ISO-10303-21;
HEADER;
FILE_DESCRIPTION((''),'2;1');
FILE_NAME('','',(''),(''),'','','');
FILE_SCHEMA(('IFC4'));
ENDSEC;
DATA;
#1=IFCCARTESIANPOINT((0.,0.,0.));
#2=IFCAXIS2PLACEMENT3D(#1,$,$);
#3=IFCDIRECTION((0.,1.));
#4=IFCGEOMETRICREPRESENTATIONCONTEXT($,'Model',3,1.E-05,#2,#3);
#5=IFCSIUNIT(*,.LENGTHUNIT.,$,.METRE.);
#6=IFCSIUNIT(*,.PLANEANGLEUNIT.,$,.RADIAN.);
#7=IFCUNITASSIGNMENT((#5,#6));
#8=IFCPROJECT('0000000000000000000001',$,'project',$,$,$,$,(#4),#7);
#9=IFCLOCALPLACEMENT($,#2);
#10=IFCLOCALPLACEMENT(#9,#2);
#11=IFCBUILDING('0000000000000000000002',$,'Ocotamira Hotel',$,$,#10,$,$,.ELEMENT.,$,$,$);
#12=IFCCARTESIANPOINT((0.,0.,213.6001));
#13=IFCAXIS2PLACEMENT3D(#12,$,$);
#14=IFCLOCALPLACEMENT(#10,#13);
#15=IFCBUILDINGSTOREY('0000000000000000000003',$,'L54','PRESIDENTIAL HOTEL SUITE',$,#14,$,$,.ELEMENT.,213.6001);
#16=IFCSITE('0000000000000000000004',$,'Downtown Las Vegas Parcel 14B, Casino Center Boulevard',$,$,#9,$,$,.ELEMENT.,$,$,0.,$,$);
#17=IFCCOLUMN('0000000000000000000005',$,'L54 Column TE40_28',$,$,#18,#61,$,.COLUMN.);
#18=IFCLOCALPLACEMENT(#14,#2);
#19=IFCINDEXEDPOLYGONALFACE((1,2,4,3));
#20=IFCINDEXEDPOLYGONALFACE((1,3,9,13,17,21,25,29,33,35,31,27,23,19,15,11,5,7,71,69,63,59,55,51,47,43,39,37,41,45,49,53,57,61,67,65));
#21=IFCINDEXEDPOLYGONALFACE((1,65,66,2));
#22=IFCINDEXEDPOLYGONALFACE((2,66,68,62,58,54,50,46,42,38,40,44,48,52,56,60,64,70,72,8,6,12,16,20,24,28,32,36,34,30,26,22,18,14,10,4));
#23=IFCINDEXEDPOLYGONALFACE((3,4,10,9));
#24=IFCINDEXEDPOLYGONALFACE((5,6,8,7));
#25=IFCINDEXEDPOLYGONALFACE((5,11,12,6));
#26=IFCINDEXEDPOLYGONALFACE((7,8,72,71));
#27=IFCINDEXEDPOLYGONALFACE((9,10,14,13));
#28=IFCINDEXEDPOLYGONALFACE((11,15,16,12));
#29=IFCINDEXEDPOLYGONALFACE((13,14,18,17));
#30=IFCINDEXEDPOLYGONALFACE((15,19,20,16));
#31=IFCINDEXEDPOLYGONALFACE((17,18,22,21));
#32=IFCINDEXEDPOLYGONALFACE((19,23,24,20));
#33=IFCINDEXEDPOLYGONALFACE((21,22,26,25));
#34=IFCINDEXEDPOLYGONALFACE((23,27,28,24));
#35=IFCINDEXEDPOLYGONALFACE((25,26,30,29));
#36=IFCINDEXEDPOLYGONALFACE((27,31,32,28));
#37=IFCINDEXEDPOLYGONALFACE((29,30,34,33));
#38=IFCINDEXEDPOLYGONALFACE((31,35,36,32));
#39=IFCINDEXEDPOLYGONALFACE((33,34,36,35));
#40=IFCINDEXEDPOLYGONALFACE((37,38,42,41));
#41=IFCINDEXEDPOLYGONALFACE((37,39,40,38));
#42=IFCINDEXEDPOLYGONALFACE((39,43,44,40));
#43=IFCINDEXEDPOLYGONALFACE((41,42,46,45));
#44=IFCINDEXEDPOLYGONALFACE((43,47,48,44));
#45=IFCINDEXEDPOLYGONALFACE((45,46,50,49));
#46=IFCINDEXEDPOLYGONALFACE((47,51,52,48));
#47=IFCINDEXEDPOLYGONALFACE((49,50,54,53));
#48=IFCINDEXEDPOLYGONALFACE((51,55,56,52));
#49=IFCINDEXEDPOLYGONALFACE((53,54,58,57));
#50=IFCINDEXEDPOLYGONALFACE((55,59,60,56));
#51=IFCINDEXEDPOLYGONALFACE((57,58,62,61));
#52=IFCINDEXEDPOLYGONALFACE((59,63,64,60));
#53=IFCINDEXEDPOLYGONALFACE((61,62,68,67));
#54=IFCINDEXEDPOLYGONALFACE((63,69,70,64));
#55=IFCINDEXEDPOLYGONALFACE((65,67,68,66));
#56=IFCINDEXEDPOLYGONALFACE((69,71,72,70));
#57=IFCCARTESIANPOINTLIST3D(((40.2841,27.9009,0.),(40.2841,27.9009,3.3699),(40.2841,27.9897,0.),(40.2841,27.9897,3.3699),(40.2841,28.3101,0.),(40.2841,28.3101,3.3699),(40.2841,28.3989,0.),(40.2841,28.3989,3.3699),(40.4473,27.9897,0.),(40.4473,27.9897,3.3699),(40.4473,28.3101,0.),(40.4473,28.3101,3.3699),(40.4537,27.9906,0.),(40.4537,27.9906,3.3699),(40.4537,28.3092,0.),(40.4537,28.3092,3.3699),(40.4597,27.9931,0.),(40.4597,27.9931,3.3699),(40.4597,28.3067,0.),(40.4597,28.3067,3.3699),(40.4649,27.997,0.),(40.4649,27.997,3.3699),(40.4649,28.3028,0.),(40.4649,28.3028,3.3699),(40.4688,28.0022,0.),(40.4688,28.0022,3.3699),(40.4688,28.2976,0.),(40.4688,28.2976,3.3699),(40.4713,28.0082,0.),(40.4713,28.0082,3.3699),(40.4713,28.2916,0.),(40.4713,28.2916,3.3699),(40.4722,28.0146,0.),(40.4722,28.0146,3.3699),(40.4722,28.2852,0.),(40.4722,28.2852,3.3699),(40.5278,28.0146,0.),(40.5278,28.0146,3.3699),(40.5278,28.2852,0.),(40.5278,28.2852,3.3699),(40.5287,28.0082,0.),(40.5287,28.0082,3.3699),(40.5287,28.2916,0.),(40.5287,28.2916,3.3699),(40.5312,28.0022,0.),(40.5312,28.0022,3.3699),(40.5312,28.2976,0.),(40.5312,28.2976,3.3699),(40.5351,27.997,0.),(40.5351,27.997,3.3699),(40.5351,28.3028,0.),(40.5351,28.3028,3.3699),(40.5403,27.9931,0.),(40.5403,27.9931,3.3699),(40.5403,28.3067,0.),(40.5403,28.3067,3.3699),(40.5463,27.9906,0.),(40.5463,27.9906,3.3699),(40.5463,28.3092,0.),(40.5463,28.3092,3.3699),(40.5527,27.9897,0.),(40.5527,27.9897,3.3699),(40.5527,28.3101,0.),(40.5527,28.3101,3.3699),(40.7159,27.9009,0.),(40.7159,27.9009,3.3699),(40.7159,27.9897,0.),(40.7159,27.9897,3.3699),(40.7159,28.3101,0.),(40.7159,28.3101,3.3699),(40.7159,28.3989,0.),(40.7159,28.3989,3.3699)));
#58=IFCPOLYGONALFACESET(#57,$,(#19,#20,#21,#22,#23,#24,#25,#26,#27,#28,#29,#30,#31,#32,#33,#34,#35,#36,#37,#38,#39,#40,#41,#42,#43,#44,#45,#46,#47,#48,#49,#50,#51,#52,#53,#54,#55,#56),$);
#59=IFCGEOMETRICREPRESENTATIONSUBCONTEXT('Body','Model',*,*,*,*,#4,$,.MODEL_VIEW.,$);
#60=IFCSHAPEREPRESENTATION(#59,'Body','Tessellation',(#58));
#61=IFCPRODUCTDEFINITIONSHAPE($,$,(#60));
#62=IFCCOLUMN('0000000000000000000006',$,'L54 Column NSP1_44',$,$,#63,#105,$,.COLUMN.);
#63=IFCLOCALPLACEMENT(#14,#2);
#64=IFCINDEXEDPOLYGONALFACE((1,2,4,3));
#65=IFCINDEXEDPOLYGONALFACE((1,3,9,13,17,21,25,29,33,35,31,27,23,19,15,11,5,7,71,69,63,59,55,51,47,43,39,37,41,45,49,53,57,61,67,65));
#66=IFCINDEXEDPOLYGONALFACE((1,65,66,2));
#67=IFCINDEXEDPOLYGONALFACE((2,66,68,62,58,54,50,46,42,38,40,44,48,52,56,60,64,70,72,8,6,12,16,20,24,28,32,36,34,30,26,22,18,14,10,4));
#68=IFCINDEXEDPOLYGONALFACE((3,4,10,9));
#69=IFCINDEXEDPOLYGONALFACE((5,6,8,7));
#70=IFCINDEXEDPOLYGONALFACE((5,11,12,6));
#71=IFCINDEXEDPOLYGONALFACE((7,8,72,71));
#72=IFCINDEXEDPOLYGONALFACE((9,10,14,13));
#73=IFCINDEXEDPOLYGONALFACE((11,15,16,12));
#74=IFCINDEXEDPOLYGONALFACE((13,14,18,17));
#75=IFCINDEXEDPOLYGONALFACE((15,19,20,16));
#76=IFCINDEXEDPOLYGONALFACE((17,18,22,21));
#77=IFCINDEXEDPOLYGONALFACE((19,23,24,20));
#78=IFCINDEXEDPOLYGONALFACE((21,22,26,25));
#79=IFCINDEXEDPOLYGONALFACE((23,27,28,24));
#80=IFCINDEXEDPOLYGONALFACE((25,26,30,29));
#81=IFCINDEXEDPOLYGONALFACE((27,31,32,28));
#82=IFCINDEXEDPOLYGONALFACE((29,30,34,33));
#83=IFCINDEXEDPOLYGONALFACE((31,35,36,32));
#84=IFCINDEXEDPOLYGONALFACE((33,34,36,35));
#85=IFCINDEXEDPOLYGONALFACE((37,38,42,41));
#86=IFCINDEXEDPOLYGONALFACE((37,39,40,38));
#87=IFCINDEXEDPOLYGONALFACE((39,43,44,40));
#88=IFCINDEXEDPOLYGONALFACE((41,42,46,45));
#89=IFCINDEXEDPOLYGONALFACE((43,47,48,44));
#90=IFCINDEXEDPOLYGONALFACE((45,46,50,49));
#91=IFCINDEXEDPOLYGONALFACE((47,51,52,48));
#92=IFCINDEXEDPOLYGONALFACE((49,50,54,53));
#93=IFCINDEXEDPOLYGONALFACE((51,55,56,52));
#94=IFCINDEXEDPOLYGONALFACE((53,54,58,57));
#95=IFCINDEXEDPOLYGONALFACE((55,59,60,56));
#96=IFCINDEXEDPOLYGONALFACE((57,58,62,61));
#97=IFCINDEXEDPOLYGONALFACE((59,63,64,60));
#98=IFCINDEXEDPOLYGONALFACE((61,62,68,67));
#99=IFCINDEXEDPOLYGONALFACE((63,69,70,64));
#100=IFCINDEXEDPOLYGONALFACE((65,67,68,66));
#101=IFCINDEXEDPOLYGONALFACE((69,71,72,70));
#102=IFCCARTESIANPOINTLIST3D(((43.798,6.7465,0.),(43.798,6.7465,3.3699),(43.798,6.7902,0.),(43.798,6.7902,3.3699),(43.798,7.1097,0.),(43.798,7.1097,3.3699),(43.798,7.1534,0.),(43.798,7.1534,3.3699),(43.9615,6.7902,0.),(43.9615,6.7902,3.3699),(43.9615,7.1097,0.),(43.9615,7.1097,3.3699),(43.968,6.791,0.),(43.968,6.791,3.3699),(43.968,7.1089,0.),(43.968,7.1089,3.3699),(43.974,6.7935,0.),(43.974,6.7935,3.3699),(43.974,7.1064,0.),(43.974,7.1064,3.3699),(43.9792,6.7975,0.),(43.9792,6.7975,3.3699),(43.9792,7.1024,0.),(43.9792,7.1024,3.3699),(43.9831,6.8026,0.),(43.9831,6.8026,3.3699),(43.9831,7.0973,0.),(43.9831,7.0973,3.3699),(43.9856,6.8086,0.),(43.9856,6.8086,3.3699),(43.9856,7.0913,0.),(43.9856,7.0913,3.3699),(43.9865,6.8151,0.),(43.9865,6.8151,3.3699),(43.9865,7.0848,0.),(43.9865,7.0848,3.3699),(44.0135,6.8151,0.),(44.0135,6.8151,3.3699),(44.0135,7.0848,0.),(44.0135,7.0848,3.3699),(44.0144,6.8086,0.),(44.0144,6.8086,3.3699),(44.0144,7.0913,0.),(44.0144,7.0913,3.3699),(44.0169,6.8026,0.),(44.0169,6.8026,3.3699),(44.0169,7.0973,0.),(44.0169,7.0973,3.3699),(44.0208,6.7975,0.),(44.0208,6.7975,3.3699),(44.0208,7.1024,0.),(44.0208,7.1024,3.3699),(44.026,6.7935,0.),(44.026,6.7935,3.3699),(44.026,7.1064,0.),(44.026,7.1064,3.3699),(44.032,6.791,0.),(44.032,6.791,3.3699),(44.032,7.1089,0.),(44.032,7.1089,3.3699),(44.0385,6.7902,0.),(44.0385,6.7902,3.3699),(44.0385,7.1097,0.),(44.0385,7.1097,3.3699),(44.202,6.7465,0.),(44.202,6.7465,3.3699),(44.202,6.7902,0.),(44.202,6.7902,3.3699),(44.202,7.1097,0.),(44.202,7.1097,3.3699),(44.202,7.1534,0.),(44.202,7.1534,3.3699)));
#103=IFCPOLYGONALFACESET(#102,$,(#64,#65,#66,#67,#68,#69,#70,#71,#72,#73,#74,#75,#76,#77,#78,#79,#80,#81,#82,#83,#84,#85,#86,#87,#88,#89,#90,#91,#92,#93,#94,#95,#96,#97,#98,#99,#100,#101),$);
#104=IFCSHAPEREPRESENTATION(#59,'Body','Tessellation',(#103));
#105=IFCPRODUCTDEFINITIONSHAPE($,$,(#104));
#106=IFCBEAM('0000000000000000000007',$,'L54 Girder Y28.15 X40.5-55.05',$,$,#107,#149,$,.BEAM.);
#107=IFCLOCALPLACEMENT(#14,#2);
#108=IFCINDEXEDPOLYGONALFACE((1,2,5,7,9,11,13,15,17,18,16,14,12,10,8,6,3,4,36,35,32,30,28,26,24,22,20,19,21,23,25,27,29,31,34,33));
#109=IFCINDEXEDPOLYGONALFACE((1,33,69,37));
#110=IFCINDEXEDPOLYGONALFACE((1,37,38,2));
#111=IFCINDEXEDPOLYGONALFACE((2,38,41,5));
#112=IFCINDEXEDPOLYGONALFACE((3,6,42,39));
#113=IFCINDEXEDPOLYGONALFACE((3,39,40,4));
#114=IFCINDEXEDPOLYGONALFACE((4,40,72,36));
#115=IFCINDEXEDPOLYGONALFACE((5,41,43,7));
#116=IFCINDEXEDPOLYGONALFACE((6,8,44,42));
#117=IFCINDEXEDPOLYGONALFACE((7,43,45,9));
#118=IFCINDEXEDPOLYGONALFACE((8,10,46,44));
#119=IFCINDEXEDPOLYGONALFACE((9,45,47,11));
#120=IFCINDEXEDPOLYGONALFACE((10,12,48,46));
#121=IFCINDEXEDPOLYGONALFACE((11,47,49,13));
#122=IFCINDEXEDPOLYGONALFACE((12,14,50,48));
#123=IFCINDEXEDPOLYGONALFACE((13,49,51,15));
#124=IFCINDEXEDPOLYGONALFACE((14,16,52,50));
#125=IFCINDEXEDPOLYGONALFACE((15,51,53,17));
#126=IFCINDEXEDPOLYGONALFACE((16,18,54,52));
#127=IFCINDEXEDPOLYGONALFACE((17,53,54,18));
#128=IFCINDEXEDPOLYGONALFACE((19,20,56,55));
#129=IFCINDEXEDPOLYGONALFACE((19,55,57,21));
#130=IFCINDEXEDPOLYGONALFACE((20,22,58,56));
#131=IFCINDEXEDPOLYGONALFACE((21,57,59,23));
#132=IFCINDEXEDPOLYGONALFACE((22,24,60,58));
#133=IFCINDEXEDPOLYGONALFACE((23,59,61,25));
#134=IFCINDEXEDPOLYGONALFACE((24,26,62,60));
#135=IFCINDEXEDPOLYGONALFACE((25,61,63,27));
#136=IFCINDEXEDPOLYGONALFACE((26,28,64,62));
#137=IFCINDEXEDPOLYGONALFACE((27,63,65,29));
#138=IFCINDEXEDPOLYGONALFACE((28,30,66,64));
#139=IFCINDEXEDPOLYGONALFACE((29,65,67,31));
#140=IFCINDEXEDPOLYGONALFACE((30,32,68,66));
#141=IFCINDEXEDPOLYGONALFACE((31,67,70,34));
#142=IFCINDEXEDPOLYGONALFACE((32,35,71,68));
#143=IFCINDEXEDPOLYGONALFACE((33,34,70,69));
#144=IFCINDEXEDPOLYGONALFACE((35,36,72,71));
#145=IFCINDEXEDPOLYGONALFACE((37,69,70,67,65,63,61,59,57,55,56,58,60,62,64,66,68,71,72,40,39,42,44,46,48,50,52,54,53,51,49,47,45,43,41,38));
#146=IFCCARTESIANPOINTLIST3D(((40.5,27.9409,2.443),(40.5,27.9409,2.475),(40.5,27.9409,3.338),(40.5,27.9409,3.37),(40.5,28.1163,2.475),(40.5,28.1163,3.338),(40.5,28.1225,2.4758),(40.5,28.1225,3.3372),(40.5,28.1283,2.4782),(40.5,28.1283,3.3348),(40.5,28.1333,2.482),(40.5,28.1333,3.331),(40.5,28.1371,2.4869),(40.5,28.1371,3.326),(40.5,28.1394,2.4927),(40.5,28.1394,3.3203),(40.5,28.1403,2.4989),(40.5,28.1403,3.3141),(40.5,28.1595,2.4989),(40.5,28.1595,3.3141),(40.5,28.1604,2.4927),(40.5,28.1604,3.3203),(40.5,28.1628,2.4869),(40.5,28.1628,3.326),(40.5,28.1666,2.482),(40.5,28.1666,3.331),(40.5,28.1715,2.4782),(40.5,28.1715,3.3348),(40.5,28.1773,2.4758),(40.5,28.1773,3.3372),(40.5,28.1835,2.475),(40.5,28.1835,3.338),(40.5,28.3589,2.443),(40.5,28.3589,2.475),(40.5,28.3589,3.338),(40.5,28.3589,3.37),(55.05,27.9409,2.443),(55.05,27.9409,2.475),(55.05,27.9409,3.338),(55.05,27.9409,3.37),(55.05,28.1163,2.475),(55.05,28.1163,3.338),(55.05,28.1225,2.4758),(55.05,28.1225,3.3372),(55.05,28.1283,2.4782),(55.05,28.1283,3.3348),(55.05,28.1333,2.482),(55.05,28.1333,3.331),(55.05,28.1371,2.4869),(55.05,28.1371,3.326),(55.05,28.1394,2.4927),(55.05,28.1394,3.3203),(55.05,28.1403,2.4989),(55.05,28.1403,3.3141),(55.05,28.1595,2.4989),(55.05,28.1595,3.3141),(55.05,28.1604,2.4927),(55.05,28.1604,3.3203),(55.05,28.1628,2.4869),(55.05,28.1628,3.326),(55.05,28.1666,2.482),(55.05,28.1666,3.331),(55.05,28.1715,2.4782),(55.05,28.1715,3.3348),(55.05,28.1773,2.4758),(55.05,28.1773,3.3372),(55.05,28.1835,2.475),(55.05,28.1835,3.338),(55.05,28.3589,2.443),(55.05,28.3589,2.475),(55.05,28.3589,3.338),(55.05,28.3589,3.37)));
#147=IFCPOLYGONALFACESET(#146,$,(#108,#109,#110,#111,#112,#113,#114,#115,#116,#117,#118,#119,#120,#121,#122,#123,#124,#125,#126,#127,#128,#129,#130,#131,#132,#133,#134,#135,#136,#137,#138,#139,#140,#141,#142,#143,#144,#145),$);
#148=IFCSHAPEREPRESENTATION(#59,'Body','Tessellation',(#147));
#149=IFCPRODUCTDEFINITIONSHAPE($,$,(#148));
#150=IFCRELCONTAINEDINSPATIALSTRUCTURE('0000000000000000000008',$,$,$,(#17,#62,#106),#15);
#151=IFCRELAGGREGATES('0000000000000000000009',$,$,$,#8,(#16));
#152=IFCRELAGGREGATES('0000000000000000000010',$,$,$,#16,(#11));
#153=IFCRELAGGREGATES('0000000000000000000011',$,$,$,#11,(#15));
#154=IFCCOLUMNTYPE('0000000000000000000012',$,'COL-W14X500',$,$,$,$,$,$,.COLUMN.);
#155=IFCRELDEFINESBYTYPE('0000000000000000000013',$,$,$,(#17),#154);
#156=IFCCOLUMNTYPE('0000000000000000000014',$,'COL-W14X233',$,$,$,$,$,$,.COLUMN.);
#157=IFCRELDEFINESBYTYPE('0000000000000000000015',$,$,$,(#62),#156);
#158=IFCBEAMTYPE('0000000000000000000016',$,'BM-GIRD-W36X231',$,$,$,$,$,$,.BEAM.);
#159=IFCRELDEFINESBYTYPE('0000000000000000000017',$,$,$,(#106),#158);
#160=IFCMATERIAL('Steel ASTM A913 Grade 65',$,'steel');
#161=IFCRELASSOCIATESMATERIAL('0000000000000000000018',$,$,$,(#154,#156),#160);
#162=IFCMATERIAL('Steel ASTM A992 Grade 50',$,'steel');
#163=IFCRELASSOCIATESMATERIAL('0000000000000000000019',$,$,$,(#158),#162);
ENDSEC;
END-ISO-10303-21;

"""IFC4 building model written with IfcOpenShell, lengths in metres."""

from ifc_helpers import new_model, si_unit, direction, frame, origin, origin_2d, place, context, subcontext, project, spatial, i_section, extrude, source, transform, mapped, material, material_profile, profile_set, type_object, element, save


model = new_model("IFC4")

# Units and contexts
model_context = context("Model", 3, precision=1e-05, world=origin(), true_north=direction((0.0, 1.0)))
body_context = subcontext(model_context, "Body", "Model", "MODEL_VIEW")
ifc_project = project(units=[si_unit("LENGTHUNIT", "METRE"), si_unit("PLANEANGLEUNIT", "RADIAN")], contexts=[model_context])

# Site, building, storey
site_placement = place(None, origin())
site = spatial("IfcSite", under=ifc_project, at=site_placement, Name="Downtown Las Vegas Parcel 14B, Casino Center Boulevard", CompositionType="ELEMENT", RefElevation=0.0)
building_placement = place(site_placement, origin())
building = spatial("IfcBuilding", under=site, at=building_placement, Name="Ocotamira Hotel", CompositionType="ELEMENT")
storey_placement = place(building_placement, frame((0.0, 0.0, 213.6001)))
storey = spatial("IfcBuildingStorey", under=building, at=storey_placement, Name="L54", Description="PRESIDENTIAL HOTEL SUITE", CompositionType="ELEMENT", Elevation=213.6001)

# Columns
ifc_material_1 = material(Name="Steel ASTM A913 Grade 65", Category="steel")
ifc_material_profile_1 = material_profile(ifc_material_1, i_section(OverallWidth=0.4319, OverallDepth=0.498, WebThickness=0.0557, FlangeThickness=0.0889, FilletRadius=0.0249, at=origin_2d()), Name="W14X500")
ifc_profile_set_1 = profile_set([ifc_material_profile_1], Name="Steel ASTM A913 Grade 65")
column_type_1 = type_object("IfcColumnType", Name="COL-W14X500", PredefinedType="COLUMN", material=ifc_profile_set_1)
shared_shape_1 = source(origin(), body_context, "Body", "SweptSolid", [
    extrude(i_section(OverallWidth=0.4319, OverallDepth=0.498, WebThickness=0.0557, FlangeThickness=0.0889, FilletRadius=0.0249, at=origin_2d()), origin(), (0.0, 0.0, 1.0), 3.3699),
])
column_1_placement = place(storey_placement, frame((40.5, 28.1499, 0.0), z_axis=(0.0, 0.0, 1.0), x_axis=(1.0, 0.0, 0.0)))
element("IfcColumn", 1, at=column_1_placement, inside=storey, type_object=column_type_1, Name="L54 Column TE40_28", PredefinedType="COLUMN", context=body_context, shape_type="MappedRepresentation", body=[
    mapped(shared_shape_1, transform((0.0, 0.0, 0.0), scale=1.0)),
])
ifc_material_profile_2 = material_profile(ifc_material_1, i_section(OverallWidth=0.4041, OverallDepth=0.407, WebThickness=0.0271, FlangeThickness=0.0437, FilletRadius=0.0249, at=origin_2d()), Name="W14X233")
ifc_profile_set_2 = profile_set([ifc_material_profile_2], Name="Steel ASTM A913 Grade 65")
column_type_2 = type_object("IfcColumnType", Name="COL-W14X233", PredefinedType="COLUMN", material=ifc_profile_set_2)
shared_shape_2 = source(origin(), body_context, "Body", "SweptSolid", [
    extrude(i_section(OverallWidth=0.4041, OverallDepth=0.407, WebThickness=0.0271, FlangeThickness=0.0437, FilletRadius=0.0249, at=origin_2d()), origin(), (0.0, 0.0, 1.0), 3.3699),
])
column_2_placement = place(storey_placement, frame((44.0, 6.95, 0.0), z_axis=(0.0, 0.0, 1.0), x_axis=(1.0, 0.0, 0.0)))
element("IfcColumn", 2, at=column_2_placement, inside=storey, type_object=column_type_2, Name="L54 Column NSP1_44", PredefinedType="COLUMN", context=body_context, shape_type="MappedRepresentation", body=[
    mapped(shared_shape_2, transform((0.0, 0.0, 0.0), scale=1.0)),
])

# Beam
ifc_material_2 = material(Name="Steel ASTM A992 Grade 50", Category="steel")
ifc_material_profile_3 = material_profile(ifc_material_2, i_section(OverallWidth=0.418, OverallDepth=0.927, WebThickness=0.0193, FlangeThickness=0.032, FilletRadius=0.0239, at=origin_2d()), Name="W36X231")
ifc_profile_set_3 = profile_set([ifc_material_profile_3], Name="Steel ASTM A992 Grade 50")
beam_type_1 = type_object("IfcBeamType", Name="BM-GIRD-W36X231", PredefinedType="BEAM", material=ifc_profile_set_3)
shared_shape_3 = source(origin(), body_context, "Body", "SweptSolid", [
    extrude(i_section(OverallWidth=0.418, OverallDepth=0.927, WebThickness=0.0193, FlangeThickness=0.032, FilletRadius=0.0239, at=origin_2d()), origin(), (0.0, 0.0, 1.0), 14.55),
])
beam_1_placement = place(storey_placement, frame((40.5, 28.1499, 2.9065), z_axis=(1.0, 0.0, 0.0), x_axis=(0.0, 1.0, 0.0)))
element("IfcBeam", 3, at=beam_1_placement, inside=storey, type_object=beam_type_1, Name="L54 Girder Y28.15 X40.5-55.05", PredefinedType="BEAM", context=body_context, shape_type="MappedRepresentation", body=[
    mapped(shared_shape_3, transform((0.0, 0.0, 0.0), scale=1.0)),
])

save(model, "model.ifc")
